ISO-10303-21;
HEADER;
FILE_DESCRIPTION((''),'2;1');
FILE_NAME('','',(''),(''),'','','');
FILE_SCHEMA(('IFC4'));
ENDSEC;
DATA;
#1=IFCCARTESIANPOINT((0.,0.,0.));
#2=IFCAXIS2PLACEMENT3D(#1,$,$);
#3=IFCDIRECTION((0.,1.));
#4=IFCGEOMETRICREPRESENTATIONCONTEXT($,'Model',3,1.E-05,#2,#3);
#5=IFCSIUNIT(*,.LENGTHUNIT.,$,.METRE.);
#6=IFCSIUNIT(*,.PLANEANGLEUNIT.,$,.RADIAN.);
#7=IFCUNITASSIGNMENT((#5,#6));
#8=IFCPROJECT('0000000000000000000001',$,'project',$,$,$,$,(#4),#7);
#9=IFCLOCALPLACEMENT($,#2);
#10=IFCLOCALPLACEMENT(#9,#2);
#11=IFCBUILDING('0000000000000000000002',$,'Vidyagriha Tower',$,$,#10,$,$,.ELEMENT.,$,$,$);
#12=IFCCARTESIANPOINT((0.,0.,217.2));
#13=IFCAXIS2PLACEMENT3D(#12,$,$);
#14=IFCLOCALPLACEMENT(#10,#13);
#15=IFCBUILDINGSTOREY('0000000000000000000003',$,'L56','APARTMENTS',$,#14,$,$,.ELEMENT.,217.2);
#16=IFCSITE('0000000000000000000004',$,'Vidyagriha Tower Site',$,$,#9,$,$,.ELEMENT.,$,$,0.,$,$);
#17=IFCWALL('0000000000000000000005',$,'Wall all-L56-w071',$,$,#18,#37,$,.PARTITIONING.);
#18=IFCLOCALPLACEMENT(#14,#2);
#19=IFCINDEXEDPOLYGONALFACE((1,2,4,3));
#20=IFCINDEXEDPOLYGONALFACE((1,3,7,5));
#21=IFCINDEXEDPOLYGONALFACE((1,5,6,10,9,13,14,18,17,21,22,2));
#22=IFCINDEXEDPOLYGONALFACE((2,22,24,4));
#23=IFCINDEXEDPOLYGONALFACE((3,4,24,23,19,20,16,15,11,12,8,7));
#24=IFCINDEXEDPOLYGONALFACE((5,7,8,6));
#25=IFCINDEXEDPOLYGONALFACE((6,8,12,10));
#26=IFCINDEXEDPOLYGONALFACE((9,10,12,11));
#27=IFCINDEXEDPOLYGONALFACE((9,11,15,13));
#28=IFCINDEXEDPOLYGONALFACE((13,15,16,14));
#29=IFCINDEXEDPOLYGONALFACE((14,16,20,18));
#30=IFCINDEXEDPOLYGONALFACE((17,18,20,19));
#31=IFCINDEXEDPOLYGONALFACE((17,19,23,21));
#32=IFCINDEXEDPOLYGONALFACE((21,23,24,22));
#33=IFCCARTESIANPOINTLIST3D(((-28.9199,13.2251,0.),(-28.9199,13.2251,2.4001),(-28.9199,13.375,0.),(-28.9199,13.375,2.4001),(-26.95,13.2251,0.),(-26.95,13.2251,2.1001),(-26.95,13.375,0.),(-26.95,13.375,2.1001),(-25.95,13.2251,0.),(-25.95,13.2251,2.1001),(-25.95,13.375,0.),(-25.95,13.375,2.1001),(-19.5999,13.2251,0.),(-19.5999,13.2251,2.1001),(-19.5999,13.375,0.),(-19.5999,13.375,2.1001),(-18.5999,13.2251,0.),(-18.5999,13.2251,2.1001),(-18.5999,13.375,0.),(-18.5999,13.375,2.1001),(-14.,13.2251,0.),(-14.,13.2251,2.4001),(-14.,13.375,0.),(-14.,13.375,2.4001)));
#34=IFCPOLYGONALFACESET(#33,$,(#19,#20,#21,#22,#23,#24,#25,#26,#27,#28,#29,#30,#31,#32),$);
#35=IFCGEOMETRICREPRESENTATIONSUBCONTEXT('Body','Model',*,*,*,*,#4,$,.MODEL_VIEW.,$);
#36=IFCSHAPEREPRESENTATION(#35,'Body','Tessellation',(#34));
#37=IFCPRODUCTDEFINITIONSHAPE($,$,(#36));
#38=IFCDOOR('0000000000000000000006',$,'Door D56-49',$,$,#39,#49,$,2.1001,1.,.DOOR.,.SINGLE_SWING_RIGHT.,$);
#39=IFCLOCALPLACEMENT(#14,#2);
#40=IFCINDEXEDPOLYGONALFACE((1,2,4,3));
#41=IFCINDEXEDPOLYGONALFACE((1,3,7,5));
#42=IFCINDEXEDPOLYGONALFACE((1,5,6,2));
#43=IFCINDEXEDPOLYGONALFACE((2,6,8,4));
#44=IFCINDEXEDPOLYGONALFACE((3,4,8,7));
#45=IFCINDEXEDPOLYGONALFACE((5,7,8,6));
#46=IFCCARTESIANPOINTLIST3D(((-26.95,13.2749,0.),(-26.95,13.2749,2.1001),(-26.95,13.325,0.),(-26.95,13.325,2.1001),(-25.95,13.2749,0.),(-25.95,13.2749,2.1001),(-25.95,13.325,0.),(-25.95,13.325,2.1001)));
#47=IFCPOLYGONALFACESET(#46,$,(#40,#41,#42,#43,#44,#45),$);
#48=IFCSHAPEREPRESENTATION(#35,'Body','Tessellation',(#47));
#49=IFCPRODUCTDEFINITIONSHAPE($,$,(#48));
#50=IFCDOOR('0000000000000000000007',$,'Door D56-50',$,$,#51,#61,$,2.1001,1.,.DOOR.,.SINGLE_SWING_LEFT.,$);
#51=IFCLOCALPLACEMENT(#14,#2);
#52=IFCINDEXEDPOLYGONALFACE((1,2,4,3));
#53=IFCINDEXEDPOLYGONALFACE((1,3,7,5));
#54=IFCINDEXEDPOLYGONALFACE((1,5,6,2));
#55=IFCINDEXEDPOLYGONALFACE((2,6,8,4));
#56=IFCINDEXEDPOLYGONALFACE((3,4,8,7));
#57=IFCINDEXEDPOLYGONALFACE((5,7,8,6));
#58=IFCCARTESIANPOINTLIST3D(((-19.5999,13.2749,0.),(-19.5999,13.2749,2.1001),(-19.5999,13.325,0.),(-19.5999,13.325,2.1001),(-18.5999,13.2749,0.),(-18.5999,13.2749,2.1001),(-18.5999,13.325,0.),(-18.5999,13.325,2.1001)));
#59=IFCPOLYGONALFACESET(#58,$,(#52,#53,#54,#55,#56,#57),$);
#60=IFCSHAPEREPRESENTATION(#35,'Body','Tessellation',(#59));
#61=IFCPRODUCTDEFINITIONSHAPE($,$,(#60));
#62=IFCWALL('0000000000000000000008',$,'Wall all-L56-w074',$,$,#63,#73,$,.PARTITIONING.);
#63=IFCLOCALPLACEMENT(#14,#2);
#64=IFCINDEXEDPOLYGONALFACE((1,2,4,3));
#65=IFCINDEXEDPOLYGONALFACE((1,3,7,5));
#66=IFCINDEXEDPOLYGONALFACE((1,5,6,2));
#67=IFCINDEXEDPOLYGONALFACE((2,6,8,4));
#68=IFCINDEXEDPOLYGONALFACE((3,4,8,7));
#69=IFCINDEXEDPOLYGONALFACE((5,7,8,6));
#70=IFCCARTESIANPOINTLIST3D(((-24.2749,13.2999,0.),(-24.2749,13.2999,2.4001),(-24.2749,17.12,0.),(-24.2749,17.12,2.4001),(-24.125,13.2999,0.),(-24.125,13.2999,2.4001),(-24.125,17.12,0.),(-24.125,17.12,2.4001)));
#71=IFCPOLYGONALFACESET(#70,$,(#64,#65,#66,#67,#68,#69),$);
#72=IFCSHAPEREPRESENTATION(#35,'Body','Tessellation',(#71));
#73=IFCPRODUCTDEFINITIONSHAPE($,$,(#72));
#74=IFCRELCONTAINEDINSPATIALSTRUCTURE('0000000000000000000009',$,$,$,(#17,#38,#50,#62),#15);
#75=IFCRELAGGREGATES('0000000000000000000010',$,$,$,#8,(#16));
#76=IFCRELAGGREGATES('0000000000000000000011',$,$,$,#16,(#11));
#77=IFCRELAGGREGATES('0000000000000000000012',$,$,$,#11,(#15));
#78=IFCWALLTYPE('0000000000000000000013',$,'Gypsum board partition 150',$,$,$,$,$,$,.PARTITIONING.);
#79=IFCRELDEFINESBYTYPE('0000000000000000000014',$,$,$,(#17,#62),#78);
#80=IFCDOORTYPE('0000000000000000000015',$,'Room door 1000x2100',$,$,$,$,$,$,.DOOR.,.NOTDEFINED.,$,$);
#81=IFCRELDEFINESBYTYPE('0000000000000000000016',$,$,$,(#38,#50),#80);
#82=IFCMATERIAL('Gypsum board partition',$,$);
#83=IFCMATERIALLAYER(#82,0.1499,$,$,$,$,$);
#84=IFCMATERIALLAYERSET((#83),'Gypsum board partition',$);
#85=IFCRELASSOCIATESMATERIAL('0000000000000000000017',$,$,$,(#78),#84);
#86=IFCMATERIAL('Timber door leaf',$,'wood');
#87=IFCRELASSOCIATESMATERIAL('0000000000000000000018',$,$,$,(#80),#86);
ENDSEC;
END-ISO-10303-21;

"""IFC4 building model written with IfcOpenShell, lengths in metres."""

from ifc_helpers import new_model, si_unit, direction, frame, frame_2d, origin, place, context, subcontext, project, spatial, rectangle, extrude, material, layer, layer_set, type_object, element, fill, save


model = new_model("IFC4")

# Units and contexts
model_context = context("Model", 3, precision=1e-05, world=origin(), true_north=direction((0.0, 1.0)))
body_context = subcontext(model_context, "Body", "Model", "MODEL_VIEW")
ifc_project = project(units=[si_unit("LENGTHUNIT", "METRE"), si_unit("PLANEANGLEUNIT", "RADIAN")], contexts=[model_context])

# Site, building, storey
site_placement = place(None, origin())
site = spatial("IfcSite", under=ifc_project, at=site_placement, Name="Vidyagriha Tower Site", CompositionType="ELEMENT", RefElevation=0.0)
building_placement = place(site_placement, origin())
building = spatial("IfcBuilding", under=site, at=building_placement, Name="Vidyagriha Tower", CompositionType="ELEMENT")
storey_placement = place(building_placement, frame((0.0, 0.0, 217.2)))
storey = spatial("IfcBuildingStorey", under=building, at=storey_placement, Name="L56", Description="APARTMENTS", CompositionType="ELEMENT", Elevation=217.2)

# Wall, openings, doors
ifc_material_1 = material(Name="Gypsum board partition")
ifc_layer_1 = layer(ifc_material_1, 0.1499)
ifc_layer_set_1 = layer_set([ifc_layer_1], Name="Gypsum board partition")
wall_type_1 = type_object("IfcWallType", Name="Gypsum board partition 150", PredefinedType="PARTITIONING", material=ifc_layer_set_1)
wall_1_placement = place(storey_placement, frame((-28.9199, 13.3, 0.0)))
wall_1 = element("IfcWall", 1, at=wall_1_placement, inside=storey, type_object=wall_type_1, Name="Wall all-L56-w071", PredefinedType="PARTITIONING", context=body_context, shape_type="SweptSolid", body=[
    extrude(rectangle(XDim=14.9199, YDim=0.1499, at=frame_2d((7.46, 0.0))), origin(), (0.0, 0.0, 1.0), 2.4001),
])
opening_1_placement = place(wall_1_placement, frame((1.97, 0.0, 0.0)))
opening_1 = element("IfcOpeningElement", 2, at=opening_1_placement, cuts=wall_1, PredefinedType="OPENING", context=body_context, shape_type="SweptSolid", body=[
    extrude(rectangle(XDim=1.0, YDim=2.1001, at=frame_2d((0.5, 1.05))), frame((0.0, 0.085, 0.0), z_axis=(0.0, -1.0, 0.0), x_axis=(1.0, 0.0, 0.0)), (0.0, 0.0, 1.0), 0.1699),
])
opening_2_placement = place(wall_1_placement, frame((9.3201, 0.0, 0.0)))
opening_2 = element("IfcOpeningElement", 3, at=opening_2_placement, cuts=wall_1, PredefinedType="OPENING", context=body_context, shape_type="SweptSolid", body=[
    extrude(rectangle(XDim=1.0, YDim=2.1001, at=frame_2d((0.5, 1.05))), frame((0.0, 0.085, 0.0), z_axis=(0.0, -1.0, 0.0), x_axis=(1.0, 0.0, 0.0)), (0.0, 0.0, 1.0), 0.1699),
])
ifc_material_2 = material(Name="Timber door leaf", Category="wood")
door_type = type_object("IfcDoorType", Name="Room door 1000x2100", OperationType="NOTDEFINED", PredefinedType="DOOR", material=ifc_material_2)
door_1_placement = place(opening_1_placement, origin())
door_1 = element("IfcDoor", 4, at=door_1_placement, inside=storey, type_object=door_type, Name="Door D56-49", OperationType="SINGLE_SWING_RIGHT", OverallHeight=2.1001, OverallWidth=1.0, PredefinedType="DOOR", context=body_context, shape_type="SweptSolid", body=[
    extrude(rectangle(XDim=1.0, YDim=2.1001, at=frame_2d((0.5, 1.05))), frame((0.0, 0.0249, 0.0), z_axis=(0.0, -1.0, 0.0), x_axis=(1.0, 0.0, 0.0)), (0.0, 0.0, 1.0), 0.05),
])
fill(opening_1, door_1)
door_2_placement = place(opening_2_placement, origin())
door_2 = element("IfcDoor", 5, at=door_2_placement, inside=storey, type_object=door_type, Name="Door D56-50", OperationType="SINGLE_SWING_LEFT", OverallHeight=2.1001, OverallWidth=1.0, PredefinedType="DOOR", context=body_context, shape_type="SweptSolid", body=[
    extrude(rectangle(XDim=1.0, YDim=2.1001, at=frame_2d((0.5, 1.05))), frame((0.0, 0.0249, 0.0), z_axis=(0.0, -1.0, 0.0), x_axis=(1.0, 0.0, 0.0)), (0.0, 0.0, 1.0), 0.05),
])
fill(opening_2, door_2)

# Wall
wall_2_placement = place(storey_placement, frame((-24.2, 17.1201, 0.0), z_axis=(0.0, 0.0, 1.0), x_axis=(0.0, -1.0, 0.0)))
element("IfcWall", 6, at=wall_2_placement, inside=storey, type_object=wall_type_1, Name="Wall all-L56-w074", PredefinedType="PARTITIONING", context=body_context, shape_type="SweptSolid", body=[
    extrude(rectangle(XDim=3.8201, YDim=0.1499, at=frame_2d((1.9102, 0.0))), origin(), (0.0, 0.0, 1.0), 2.4001),
])

save(model, "model.ifc")
